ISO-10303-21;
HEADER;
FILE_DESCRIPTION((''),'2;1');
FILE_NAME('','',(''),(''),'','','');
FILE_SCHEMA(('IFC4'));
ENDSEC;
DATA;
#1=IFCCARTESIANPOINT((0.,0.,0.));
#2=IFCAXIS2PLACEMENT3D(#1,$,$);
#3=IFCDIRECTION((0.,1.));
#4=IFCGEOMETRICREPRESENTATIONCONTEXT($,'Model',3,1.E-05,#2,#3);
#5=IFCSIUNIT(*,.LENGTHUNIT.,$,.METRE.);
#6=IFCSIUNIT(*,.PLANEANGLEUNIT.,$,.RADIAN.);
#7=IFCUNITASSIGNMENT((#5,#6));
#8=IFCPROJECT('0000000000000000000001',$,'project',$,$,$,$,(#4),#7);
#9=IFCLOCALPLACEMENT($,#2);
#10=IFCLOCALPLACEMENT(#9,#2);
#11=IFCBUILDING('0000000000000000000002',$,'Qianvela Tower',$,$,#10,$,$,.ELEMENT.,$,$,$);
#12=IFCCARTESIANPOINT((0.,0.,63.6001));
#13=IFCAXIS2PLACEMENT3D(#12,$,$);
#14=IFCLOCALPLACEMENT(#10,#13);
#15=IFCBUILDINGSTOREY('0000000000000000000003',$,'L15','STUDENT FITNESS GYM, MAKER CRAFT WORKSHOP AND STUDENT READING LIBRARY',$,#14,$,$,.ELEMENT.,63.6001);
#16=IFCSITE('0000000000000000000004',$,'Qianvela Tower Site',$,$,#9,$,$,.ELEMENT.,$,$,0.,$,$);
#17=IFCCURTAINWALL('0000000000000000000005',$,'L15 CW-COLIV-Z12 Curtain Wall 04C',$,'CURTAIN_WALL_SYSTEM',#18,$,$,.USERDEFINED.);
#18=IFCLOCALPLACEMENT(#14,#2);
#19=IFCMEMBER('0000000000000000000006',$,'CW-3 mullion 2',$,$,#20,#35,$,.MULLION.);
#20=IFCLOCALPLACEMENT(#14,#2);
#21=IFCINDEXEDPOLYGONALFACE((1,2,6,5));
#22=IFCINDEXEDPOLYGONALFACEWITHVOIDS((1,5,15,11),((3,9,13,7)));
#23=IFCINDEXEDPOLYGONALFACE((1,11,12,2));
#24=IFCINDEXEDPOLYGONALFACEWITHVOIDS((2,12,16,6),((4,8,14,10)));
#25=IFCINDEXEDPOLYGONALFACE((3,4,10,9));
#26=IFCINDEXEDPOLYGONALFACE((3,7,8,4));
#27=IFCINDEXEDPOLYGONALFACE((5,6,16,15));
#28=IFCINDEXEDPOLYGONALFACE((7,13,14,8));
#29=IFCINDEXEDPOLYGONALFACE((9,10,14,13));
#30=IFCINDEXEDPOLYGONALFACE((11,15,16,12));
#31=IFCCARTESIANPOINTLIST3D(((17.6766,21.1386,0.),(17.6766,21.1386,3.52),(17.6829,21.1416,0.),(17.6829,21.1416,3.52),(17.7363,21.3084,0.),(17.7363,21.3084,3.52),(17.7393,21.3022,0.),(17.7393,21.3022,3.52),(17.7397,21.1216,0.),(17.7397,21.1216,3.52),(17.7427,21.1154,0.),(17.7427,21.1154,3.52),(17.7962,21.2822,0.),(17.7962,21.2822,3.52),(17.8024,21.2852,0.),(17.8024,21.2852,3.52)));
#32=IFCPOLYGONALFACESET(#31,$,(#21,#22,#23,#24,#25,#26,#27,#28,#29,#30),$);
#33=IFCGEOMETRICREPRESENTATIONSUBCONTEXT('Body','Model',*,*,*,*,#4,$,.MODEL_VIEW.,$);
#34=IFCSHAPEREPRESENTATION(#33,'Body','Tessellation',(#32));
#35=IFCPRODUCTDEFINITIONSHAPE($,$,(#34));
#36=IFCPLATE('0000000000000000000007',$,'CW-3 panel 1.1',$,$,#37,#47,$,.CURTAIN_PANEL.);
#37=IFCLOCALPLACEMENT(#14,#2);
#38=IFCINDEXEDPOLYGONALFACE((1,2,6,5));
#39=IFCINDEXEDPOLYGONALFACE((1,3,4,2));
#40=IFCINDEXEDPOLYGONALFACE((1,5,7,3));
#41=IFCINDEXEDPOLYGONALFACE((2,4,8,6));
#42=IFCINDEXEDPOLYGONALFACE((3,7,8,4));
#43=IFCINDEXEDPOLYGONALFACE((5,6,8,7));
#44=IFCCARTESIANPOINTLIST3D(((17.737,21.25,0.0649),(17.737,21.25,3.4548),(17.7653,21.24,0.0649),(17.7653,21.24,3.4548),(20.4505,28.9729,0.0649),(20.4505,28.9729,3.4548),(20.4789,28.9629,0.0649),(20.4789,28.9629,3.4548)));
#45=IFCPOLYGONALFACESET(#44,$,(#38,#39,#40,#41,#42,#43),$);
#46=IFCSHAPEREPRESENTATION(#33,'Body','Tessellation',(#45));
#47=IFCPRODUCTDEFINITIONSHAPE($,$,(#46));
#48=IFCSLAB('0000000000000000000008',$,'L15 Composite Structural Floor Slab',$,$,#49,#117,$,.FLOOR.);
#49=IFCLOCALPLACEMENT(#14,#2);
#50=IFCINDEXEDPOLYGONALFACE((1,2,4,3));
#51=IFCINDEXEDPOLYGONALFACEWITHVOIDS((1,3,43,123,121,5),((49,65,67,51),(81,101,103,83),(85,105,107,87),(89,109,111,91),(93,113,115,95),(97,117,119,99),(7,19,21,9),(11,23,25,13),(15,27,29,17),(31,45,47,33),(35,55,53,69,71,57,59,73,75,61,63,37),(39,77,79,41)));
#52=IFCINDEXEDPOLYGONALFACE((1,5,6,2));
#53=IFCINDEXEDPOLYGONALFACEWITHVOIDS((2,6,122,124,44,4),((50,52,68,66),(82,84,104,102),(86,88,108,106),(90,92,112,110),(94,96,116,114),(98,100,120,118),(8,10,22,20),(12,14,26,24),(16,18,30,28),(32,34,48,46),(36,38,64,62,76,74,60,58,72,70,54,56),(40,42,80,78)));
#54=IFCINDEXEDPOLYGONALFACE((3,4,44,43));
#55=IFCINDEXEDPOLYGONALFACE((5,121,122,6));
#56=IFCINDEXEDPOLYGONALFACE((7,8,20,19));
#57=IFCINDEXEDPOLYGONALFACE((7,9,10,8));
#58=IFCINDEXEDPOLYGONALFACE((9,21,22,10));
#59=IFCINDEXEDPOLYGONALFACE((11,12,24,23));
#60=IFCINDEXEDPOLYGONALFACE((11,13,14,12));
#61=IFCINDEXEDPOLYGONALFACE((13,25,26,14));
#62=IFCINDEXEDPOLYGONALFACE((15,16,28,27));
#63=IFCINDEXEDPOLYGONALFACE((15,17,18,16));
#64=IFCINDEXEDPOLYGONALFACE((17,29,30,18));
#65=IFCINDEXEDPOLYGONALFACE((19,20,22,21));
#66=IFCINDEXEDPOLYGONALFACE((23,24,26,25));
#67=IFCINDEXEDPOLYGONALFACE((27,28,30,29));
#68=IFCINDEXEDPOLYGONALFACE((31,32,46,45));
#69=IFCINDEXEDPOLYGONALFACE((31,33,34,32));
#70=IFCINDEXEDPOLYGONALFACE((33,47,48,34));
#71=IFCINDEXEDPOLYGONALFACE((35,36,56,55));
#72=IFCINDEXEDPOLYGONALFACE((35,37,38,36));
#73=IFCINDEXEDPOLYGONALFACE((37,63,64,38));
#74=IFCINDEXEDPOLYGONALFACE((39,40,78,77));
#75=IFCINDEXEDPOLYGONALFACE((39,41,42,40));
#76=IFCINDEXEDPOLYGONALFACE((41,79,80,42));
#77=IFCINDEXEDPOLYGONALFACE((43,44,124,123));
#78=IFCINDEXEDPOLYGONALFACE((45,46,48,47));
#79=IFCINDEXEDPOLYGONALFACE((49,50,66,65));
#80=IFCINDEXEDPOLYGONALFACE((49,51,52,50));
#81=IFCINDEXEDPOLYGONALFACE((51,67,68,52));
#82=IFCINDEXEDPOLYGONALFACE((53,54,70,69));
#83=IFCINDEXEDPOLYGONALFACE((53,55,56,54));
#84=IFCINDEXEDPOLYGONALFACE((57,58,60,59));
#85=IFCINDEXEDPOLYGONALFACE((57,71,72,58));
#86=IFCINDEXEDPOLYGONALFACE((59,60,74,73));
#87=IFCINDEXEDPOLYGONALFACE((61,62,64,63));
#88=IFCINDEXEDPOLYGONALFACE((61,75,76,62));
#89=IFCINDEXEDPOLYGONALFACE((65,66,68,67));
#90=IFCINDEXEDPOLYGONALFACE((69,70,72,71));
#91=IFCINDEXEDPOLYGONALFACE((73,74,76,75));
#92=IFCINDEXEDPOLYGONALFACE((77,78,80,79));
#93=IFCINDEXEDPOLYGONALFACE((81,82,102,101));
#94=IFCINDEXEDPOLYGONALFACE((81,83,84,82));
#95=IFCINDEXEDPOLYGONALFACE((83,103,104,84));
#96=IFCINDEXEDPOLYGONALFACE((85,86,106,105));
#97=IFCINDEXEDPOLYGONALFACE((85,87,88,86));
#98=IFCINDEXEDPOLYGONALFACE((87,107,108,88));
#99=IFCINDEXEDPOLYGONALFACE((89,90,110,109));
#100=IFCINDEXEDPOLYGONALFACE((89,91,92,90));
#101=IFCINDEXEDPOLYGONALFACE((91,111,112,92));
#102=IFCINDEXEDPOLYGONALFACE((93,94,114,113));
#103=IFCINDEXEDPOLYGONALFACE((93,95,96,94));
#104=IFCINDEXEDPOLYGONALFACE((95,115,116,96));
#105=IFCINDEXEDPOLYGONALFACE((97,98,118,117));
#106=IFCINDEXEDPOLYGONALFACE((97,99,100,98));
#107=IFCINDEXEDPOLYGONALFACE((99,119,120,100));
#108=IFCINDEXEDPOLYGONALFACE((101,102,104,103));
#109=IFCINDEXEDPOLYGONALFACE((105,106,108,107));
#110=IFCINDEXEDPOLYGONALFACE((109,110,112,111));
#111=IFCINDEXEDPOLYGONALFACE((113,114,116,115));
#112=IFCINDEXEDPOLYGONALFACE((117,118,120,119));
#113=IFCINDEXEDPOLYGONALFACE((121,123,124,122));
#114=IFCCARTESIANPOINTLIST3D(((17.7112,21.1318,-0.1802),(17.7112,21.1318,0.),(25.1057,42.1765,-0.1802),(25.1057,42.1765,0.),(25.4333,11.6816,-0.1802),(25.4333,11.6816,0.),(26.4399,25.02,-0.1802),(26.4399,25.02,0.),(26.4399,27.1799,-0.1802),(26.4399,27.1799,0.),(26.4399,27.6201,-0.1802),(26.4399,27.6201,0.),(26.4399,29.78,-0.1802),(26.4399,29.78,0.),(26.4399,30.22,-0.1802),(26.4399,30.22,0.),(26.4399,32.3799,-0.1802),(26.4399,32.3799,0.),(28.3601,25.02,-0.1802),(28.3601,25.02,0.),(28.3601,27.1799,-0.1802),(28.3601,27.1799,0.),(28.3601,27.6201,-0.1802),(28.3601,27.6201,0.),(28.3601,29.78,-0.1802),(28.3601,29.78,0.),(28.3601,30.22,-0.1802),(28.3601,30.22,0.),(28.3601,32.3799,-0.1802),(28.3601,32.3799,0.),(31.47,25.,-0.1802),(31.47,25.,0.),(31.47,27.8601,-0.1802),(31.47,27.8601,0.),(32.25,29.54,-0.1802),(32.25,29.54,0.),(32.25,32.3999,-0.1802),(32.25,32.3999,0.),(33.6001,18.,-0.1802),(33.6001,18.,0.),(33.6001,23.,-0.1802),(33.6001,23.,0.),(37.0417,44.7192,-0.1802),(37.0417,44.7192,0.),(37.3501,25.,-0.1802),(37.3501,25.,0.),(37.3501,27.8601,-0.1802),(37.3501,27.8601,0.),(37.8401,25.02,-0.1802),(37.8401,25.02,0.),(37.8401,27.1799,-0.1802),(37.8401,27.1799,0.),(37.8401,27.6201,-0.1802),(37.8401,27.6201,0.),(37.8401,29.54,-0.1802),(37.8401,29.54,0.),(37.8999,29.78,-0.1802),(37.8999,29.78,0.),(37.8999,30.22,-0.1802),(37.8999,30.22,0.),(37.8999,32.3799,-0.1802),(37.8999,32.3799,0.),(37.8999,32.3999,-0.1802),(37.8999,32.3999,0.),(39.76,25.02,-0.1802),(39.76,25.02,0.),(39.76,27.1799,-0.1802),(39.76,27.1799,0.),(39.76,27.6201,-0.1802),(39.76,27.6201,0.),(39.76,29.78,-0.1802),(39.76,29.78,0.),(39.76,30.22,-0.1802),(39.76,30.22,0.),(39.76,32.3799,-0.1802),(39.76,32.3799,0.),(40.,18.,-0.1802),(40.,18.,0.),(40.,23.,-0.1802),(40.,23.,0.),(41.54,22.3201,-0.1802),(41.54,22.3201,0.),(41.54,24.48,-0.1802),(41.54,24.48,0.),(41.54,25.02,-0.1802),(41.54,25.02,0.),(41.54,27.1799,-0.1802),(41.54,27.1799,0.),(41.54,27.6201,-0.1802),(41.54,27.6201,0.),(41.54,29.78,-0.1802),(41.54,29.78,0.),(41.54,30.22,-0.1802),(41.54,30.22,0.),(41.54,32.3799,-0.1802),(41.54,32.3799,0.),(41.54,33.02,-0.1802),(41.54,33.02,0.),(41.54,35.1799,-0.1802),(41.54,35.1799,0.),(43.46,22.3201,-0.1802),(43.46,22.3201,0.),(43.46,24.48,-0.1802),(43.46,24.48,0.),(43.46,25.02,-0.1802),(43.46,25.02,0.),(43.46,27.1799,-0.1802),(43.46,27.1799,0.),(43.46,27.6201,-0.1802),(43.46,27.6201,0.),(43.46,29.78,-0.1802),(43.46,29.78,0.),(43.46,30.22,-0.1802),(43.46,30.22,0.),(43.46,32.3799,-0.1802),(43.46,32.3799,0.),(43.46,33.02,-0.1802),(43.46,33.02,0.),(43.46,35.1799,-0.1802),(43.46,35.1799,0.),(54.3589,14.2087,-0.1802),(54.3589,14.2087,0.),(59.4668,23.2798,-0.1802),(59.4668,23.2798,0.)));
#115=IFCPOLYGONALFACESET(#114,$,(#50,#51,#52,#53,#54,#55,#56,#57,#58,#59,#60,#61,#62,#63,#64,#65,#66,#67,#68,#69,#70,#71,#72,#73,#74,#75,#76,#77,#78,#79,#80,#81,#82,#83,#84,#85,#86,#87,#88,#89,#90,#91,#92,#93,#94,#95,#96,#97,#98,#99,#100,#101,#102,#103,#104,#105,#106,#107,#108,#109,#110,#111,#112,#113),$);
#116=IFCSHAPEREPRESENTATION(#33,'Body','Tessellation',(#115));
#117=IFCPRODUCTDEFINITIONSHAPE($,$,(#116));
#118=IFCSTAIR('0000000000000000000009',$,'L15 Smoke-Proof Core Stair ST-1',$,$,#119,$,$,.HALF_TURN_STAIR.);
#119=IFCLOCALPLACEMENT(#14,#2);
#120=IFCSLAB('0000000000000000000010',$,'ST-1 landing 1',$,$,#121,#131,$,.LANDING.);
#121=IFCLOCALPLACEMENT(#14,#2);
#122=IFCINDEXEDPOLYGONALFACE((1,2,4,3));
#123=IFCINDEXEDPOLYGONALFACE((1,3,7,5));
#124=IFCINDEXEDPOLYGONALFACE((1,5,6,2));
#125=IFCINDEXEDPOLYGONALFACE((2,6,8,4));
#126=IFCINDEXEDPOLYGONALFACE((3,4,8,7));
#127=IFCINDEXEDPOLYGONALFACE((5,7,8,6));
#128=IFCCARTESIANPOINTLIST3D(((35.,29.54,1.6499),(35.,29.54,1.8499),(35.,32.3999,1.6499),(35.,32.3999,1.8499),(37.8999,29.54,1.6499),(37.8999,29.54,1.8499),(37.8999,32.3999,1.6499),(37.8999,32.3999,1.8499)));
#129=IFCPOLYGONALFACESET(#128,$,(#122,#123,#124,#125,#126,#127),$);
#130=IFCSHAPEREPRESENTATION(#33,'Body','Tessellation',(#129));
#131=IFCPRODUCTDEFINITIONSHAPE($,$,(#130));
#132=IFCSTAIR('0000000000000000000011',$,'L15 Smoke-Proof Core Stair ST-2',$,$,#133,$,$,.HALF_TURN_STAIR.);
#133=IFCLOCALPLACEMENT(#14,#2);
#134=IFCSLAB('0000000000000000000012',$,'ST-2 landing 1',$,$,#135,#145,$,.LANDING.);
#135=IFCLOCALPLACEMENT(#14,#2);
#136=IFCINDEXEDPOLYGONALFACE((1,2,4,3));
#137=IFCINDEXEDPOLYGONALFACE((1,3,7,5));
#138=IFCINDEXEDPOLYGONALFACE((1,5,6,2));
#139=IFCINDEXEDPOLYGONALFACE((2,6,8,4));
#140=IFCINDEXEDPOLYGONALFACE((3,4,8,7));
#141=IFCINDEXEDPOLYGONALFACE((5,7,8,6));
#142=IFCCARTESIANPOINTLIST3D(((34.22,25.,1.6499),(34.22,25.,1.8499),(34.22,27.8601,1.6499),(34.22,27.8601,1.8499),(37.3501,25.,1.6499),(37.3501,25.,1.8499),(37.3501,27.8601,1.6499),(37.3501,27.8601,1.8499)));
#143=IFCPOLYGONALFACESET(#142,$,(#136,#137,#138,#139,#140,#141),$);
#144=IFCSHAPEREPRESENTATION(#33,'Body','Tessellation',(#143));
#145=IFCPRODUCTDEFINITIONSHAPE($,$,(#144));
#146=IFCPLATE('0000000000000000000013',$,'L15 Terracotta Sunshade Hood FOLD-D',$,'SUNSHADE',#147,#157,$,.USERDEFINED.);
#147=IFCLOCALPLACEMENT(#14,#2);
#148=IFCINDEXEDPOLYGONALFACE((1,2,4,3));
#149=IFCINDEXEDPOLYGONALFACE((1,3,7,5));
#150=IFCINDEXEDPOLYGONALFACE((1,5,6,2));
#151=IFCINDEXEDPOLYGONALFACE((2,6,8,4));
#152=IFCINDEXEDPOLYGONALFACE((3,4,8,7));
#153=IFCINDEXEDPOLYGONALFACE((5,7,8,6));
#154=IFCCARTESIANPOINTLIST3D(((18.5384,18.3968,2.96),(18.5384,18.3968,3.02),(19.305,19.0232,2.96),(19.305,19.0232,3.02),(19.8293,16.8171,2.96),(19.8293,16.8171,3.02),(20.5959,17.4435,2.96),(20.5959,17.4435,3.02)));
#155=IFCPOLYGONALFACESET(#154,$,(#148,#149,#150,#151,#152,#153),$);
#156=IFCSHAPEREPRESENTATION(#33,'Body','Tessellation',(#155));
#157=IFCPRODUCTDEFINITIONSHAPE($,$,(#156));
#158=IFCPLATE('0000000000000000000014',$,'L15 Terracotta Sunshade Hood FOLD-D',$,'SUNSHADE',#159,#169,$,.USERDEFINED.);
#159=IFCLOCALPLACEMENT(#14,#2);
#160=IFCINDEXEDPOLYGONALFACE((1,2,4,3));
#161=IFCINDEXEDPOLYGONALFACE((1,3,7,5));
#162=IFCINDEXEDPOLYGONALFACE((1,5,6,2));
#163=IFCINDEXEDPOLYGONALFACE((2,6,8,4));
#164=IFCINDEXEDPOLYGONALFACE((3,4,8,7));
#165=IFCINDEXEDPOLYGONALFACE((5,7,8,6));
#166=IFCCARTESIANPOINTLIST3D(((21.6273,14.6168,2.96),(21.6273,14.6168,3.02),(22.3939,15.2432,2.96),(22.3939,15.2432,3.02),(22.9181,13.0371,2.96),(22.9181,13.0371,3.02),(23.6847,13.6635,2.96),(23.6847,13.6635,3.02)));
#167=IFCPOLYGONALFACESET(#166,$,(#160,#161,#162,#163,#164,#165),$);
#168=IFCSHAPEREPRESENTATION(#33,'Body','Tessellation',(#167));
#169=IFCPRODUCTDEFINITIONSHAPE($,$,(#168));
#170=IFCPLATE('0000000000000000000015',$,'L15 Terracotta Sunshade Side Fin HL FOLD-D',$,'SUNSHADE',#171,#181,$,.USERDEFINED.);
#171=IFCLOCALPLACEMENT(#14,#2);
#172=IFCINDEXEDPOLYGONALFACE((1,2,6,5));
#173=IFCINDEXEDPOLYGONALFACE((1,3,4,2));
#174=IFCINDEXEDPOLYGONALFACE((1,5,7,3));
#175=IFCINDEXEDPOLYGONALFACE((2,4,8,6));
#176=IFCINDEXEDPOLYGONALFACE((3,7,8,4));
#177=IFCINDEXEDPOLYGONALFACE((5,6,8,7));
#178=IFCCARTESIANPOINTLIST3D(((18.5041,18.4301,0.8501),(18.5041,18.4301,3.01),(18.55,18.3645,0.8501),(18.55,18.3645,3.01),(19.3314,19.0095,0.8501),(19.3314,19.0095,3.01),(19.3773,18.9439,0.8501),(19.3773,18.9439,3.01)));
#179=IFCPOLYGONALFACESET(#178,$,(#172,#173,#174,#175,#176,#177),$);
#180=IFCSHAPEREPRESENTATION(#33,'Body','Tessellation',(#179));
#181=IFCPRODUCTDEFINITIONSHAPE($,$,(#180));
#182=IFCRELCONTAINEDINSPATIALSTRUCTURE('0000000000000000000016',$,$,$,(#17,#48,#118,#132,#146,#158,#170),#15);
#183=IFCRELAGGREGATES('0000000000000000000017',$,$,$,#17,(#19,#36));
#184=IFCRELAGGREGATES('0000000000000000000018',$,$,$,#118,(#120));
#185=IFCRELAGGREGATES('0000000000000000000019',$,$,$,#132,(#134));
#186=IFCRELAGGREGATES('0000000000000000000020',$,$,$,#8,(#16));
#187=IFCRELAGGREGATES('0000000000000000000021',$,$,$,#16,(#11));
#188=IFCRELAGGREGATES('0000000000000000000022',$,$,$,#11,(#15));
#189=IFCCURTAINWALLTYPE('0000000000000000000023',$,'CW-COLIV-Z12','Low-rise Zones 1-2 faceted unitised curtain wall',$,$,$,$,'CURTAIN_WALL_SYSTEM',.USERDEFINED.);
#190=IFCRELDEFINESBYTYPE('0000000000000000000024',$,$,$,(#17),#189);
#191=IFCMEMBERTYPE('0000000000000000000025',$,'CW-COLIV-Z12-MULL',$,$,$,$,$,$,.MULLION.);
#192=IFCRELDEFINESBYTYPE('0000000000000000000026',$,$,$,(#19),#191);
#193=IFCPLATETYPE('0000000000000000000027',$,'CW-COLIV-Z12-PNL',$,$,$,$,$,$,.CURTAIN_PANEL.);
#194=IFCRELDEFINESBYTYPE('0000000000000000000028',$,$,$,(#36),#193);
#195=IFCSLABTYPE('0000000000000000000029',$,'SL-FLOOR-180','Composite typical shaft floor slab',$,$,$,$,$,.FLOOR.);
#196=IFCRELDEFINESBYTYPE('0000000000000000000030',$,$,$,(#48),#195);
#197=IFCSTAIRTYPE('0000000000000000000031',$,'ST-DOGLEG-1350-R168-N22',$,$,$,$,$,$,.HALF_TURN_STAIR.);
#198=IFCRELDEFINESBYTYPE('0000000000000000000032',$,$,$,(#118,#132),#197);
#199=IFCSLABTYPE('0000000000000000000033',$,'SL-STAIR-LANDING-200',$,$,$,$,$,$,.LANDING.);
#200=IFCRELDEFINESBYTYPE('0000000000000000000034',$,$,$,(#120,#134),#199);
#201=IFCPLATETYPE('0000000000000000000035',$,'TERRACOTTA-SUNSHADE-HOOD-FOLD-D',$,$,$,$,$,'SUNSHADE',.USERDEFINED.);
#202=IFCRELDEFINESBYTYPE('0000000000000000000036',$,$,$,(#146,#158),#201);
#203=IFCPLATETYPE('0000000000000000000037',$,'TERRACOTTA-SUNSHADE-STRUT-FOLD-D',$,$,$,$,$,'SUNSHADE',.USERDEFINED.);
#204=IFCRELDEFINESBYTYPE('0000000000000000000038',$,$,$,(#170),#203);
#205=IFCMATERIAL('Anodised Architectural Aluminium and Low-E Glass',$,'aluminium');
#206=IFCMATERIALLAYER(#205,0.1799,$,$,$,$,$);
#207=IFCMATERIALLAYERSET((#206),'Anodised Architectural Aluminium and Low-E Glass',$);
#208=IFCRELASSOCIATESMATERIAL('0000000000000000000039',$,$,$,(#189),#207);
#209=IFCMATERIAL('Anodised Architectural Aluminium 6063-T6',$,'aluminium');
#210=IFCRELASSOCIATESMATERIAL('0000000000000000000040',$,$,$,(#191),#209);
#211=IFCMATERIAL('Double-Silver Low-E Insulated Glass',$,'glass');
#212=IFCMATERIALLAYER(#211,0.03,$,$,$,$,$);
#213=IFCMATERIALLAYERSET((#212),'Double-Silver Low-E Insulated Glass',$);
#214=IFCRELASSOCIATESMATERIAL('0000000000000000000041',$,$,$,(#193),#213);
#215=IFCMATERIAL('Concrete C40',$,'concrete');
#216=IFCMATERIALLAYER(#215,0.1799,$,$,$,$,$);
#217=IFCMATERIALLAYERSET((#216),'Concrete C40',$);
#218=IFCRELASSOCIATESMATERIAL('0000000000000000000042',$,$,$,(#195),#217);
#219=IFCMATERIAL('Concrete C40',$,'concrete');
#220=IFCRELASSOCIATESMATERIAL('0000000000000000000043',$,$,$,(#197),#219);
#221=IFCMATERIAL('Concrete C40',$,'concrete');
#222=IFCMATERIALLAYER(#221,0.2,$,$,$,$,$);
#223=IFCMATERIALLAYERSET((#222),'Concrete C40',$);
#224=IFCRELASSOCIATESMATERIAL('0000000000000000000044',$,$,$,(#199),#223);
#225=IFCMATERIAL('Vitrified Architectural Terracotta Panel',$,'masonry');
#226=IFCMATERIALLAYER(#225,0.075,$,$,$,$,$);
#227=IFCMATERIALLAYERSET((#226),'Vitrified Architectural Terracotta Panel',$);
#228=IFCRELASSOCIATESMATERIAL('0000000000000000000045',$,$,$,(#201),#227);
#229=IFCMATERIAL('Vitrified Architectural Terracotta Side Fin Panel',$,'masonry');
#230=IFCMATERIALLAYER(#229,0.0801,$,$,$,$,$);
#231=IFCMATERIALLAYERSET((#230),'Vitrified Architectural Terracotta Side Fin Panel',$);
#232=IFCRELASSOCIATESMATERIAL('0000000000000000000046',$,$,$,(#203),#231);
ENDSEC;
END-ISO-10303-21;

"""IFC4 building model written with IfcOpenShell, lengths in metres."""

from ifc_helpers import new_model, si_unit, direction, frame, origin, origin_2d, place, context, subcontext, project, spatial, polyline, rectangle, hollow_rectangle, outline, extrude, material, layer, layer_set, material_profile, profile_set, type_object, element, aggregate, save


model = new_model("IFC4")

# Units and contexts
model_context = context("Model", 3, precision=1e-05, world=origin(), true_north=direction((0.0, 1.0)))
body_context = subcontext(model_context, "Body", "Model", "MODEL_VIEW")
ifc_project = project(units=[si_unit("LENGTHUNIT", "METRE"), si_unit("PLANEANGLEUNIT", "RADIAN")], contexts=[model_context])

# Site, building, storey
site_placement = place(None, origin())
site = spatial("IfcSite", under=ifc_project, at=site_placement, Name="Qianvela Tower Site", CompositionType="ELEMENT", RefElevation=0.0)
building_placement = place(site_placement, origin())
building = spatial("IfcBuilding", under=site, at=building_placement, Name="Qianvela Tower", CompositionType="ELEMENT")
storey_placement = place(building_placement, frame((0.0, 0.0, 63.6001)))
storey = spatial("IfcBuildingStorey", under=building, at=storey_placement, Name="L15", Description="STUDENT FITNESS GYM, MAKER CRAFT WORKSHOP AND STUDENT READING LIBRARY", CompositionType="ELEMENT", Elevation=63.6001)

# Curtain wall, member, plate
ifc_material_1 = material(Name="Anodised Architectural Aluminium and Low-E Glass", Category="aluminium")
ifc_layer_1 = layer(ifc_material_1, 0.1799)
ifc_layer_set_1 = layer_set([ifc_layer_1], Name="Anodised Architectural Aluminium and Low-E Glass")
curtain_wall_type = type_object("IfcCurtainWallType", Name="CW-COLIV-Z12", Description="Low-rise Zones 1-2 faceted unitised curtain wall", ElementType="CURTAIN_WALL_SYSTEM", PredefinedType="USERDEFINED", material=ifc_layer_set_1)
curtain_wall_placement = place(storey_placement, origin())
curtain_wall = element("IfcCurtainWall", 1, at=curtain_wall_placement, inside=storey, type_object=curtain_wall_type, Name="L15 CW-COLIV-Z12 Curtain Wall 04C", ObjectType="CURTAIN_WALL_SYSTEM", PredefinedType="USERDEFINED")
ifc_material_2 = material(Name="Anodised Architectural Aluminium 6063-T6", Category="aluminium")
ifc_material_profile = material_profile(ifc_material_2, hollow_rectangle(XDim=0.0701, YDim=0.1799, WallThickness=0.0049, at=origin_2d()), Name="ALU-MULL-70x180")
ifc_profile_set = profile_set([ifc_material_profile], Name="Anodised Architectural Aluminium 6063-T6")
member_type = type_object("IfcMemberType", Name="CW-COLIV-Z12-MULL", PredefinedType="MULLION", material=ifc_profile_set)
member_placement = place(storey_placement, frame((17.7395, 21.2119, 0.0), z_axis=(0.0, 0.0, 1.0), x_axis=(0.943456, -0.331497, 0.0)))
member = element("IfcMember", 2, at=member_placement, type_object=member_type, Name="CW-3 mullion 2", PredefinedType="MULLION", context=body_context, shape_type="SweptSolid", body=[
    extrude(hollow_rectangle(XDim=0.0701, YDim=0.1799, WallThickness=0.0049, at=origin_2d()), origin(), (0.0, 0.0, 1.0), 3.52),
])
ifc_material_3 = material(Name="Double-Silver Low-E Insulated Glass", Category="glass")
ifc_layer_2 = layer(ifc_material_3, 0.03)
ifc_layer_set_2 = layer_set([ifc_layer_2], Name="Double-Silver Low-E Insulated Glass")
plate_type_1 = type_object("IfcPlateType", Name="CW-COLIV-Z12-PNL", PredefinedType="CURTAIN_PANEL", material=ifc_layer_set_2)
plate_placement = place(storey_placement, frame((19.1079, 25.1064, 0.0649), z_axis=(0.0, 0.0, 1.0), x_axis=(-0.331497, -0.943456, 0.0)))
plate = element("IfcPlate", 3, at=plate_placement, type_object=plate_type_1, Name="CW-3 panel 1.1", PredefinedType="CURTAIN_PANEL", context=body_context, shape_type="SweptSolid", body=[
    extrude(rectangle(XDim=8.1858, YDim=0.03, at=origin_2d()), origin(), (0.0, 0.0, 1.0), 3.3899),
])
aggregate(curtain_wall, [member, plate])

# Slab
ifc_material_4 = material(Name="Concrete C40", Category="concrete")
ifc_layer_3 = layer(ifc_material_4, 0.1799)
ifc_layer_set_3 = layer_set([ifc_layer_3], Name="Concrete C40")
slab_type_1 = type_object("IfcSlabType", Name="SL-FLOOR-180", Description="Composite typical shaft floor slab", PredefinedType="FLOOR", material=ifc_layer_set_3)
slab_1_placement = place(storey_placement, frame((0.0, 0.0, -0.1802)))
element("IfcSlab", 4, at=slab_1_placement, inside=storey, type_object=slab_type_1, Name="L15 Composite Structural Floor Slab", PredefinedType="FLOOR", context=body_context, shape_type="SweptSolid", body=[
    extrude(outline(polyline([(54.3589, 14.2087), (59.4668, 23.2798), (37.0417, 44.7192), (25.1057, 42.1765), (17.7112, 21.1318), (25.4333, 11.6816), (54.3589, 14.2087)]), holes=[polyline([(40.0, 23.0), (33.6001, 23.0), (33.6001, 18.0), (40.0, 18.0), (40.0, 23.0)]), polyline([(28.3601, 25.02), (28.3601, 27.1799), (26.4399, 27.1799), (26.4399, 25.02), (28.3601, 25.02)]), polyline([(37.3501, 25.0), (37.3501, 27.8601), (31.47, 27.8601), (31.47, 25.0), (37.3501, 25.0)]), polyline([(28.3601, 27.6201), (28.3601, 29.78), (26.4399, 29.78), (26.4399, 27.6201), (28.3601, 27.6201)]), polyline([(37.8999, 32.3799), (37.8999, 32.3999), (32.25, 32.3999), (32.25, 29.54), (37.8401, 29.54), (37.8401, 27.6201), (39.76, 27.6201), (39.76, 29.78), (37.8999, 29.78), (37.8999, 30.22), (39.76, 30.22), (39.76, 32.3799), (37.8999, 32.3799)]), polyline([(28.3601, 30.22), (28.3601, 32.3799), (26.4399, 32.3799), (26.4399, 30.22), (28.3601, 30.22)]), polyline([(43.46, 24.48), (41.54, 24.48), (41.54, 22.3201), (43.46, 22.3201), (43.46, 24.48)]), polyline([(39.76, 25.02), (39.76, 27.1799), (37.8401, 27.1799), (37.8401, 25.02), (39.76, 25.02)]), polyline([(43.46, 25.02), (43.46, 27.1799), (41.54, 27.1799), (41.54, 25.02), (43.46, 25.02)]), polyline([(43.46, 27.6201), (43.46, 29.78), (41.54, 29.78), (41.54, 27.6201), (43.46, 27.6201)]), polyline([(43.46, 30.22), (43.46, 32.3799), (41.54, 32.3799), (41.54, 30.22), (43.46, 30.22)]), polyline([(43.46, 33.02), (43.46, 35.1799), (41.54, 35.1799), (41.54, 33.02), (43.46, 33.02)])]), origin(), (0.0, 0.0, 1.0), 0.1802),
])

# Stairs, slabs
ifc_material_5 = material(Name="Concrete C40", Category="concrete")
stair_type = type_object("IfcStairType", Name="ST-DOGLEG-1350-R168-N22", PredefinedType="HALF_TURN_STAIR", material=ifc_material_5)
stair_1_placement = place(storey_placement, origin())
stair_1 = element("IfcStair", 5, at=stair_1_placement, inside=storey, type_object=stair_type, Name="L15 Smoke-Proof Core Stair ST-1", PredefinedType="HALF_TURN_STAIR")
ifc_material_6 = material(Name="Concrete C40", Category="concrete")
ifc_layer_4 = layer(ifc_material_6, 0.2)
ifc_layer_set_4 = layer_set([ifc_layer_4], Name="Concrete C40")
slab_type_2 = type_object("IfcSlabType", Name="SL-STAIR-LANDING-200", PredefinedType="LANDING", material=ifc_layer_set_4)
slab_2_placement = place(storey_placement, frame((0.0, 0.0, 1.6499)))
slab_2 = element("IfcSlab", 6, at=slab_2_placement, type_object=slab_type_2, Name="ST-1 landing 1", PredefinedType="LANDING", context=body_context, shape_type="SweptSolid", body=[
    extrude(outline(polyline([(35.0, 29.54), (37.8999, 29.54), (37.8999, 32.3999), (35.0, 32.3999), (35.0, 29.54)])), origin(), (0.0, 0.0, 1.0), 0.2),
])
aggregate(stair_1, [slab_2])
stair_2_placement = place(storey_placement, origin())
stair_2 = element("IfcStair", 7, at=stair_2_placement, inside=storey, type_object=stair_type, Name="L15 Smoke-Proof Core Stair ST-2", PredefinedType="HALF_TURN_STAIR")
slab_3_placement = place(storey_placement, frame((0.0, 0.0, 1.6499)))
slab_3 = element("IfcSlab", 8, at=slab_3_placement, type_object=slab_type_2, Name="ST-2 landing 1", PredefinedType="LANDING", context=body_context, shape_type="SweptSolid", body=[
    extrude(outline(polyline([(34.22, 25.0), (37.3501, 25.0), (37.3501, 27.8601), (34.22, 27.8601), (34.22, 25.0)])), origin(), (0.0, 0.0, 1.0), 0.2),
])
aggregate(stair_2, [slab_3])

# Plates
ifc_material_7 = material(Name="Vitrified Architectural Terracotta Panel", Category="masonry")
ifc_layer_5 = layer(ifc_material_7, 0.075)
ifc_layer_set_5 = layer_set([ifc_layer_5], Name="Vitrified Architectural Terracotta Panel")
plate_type_2 = type_object("IfcPlateType", Name="TERRACOTTA-SUNSHADE-HOOD-FOLD-D", ElementType="SUNSHADE", PredefinedType="USERDEFINED", material=ifc_layer_set_5)
for number, where, z_axis, x_axis, name in (
    (9, (19.5671, 17.9202, 2.96), (0.0, 0.0, 1.0), (0.632758, -0.77435, 0.0), "L15 Terracotta Sunshade Hood FOLD-D"),
    (10, (22.656, 14.1401, 2.96), (0.0, 0.0, 1.0), (0.632758, -0.77435, 0.0), "L15 Terracotta Sunshade Hood FOLD-D"),
):
    element("IfcPlate", number, at=place(storey_placement, frame(where, z_axis=z_axis, x_axis=x_axis)), inside=storey, type_object=plate_type_2, Name=name, ObjectType="SUNSHADE", PredefinedType="USERDEFINED", context=body_context, shape_type="SweptSolid", body=[
        extrude(rectangle(XDim=2.04, YDim=0.99, at=origin_2d()), origin(), (0.0, 0.0, 1.0), 0.0601),
    ])
ifc_material_8 = material(Name="Vitrified Architectural Terracotta Side Fin Panel", Category="masonry")
ifc_layer_6 = layer(ifc_material_8, 0.0801)
ifc_layer_set_6 = layer_set([ifc_layer_6], Name="Vitrified Architectural Terracotta Side Fin Panel")
plate_type_3 = type_object("IfcPlateType", Name="TERRACOTTA-SUNSHADE-STRUT-FOLD-D", ElementType="SUNSHADE", PredefinedType="USERDEFINED", material=ifc_layer_set_6)
for number, where, z_axis, x_axis, name in (
    (11, (18.9407, 18.687, 0.8501), (0.0, 0.0, 1.0), (0.573632, -0.819113, 0.0), "L15 Terracotta Sunshade Side Fin HL FOLD-D"),
):
    element("IfcPlate", number, at=place(storey_placement, frame(where, z_axis=z_axis, x_axis=x_axis)), inside=storey, type_object=plate_type_3, Name=name, ObjectType="SUNSHADE", PredefinedType="USERDEFINED", context=body_context, shape_type="SweptSolid", body=[
        extrude(rectangle(XDim=0.0801, YDim=1.01, at=origin_2d()), origin(), (0.0, 0.0, 1.0), 2.1599),
    ])

save(model, "model.ifc")
